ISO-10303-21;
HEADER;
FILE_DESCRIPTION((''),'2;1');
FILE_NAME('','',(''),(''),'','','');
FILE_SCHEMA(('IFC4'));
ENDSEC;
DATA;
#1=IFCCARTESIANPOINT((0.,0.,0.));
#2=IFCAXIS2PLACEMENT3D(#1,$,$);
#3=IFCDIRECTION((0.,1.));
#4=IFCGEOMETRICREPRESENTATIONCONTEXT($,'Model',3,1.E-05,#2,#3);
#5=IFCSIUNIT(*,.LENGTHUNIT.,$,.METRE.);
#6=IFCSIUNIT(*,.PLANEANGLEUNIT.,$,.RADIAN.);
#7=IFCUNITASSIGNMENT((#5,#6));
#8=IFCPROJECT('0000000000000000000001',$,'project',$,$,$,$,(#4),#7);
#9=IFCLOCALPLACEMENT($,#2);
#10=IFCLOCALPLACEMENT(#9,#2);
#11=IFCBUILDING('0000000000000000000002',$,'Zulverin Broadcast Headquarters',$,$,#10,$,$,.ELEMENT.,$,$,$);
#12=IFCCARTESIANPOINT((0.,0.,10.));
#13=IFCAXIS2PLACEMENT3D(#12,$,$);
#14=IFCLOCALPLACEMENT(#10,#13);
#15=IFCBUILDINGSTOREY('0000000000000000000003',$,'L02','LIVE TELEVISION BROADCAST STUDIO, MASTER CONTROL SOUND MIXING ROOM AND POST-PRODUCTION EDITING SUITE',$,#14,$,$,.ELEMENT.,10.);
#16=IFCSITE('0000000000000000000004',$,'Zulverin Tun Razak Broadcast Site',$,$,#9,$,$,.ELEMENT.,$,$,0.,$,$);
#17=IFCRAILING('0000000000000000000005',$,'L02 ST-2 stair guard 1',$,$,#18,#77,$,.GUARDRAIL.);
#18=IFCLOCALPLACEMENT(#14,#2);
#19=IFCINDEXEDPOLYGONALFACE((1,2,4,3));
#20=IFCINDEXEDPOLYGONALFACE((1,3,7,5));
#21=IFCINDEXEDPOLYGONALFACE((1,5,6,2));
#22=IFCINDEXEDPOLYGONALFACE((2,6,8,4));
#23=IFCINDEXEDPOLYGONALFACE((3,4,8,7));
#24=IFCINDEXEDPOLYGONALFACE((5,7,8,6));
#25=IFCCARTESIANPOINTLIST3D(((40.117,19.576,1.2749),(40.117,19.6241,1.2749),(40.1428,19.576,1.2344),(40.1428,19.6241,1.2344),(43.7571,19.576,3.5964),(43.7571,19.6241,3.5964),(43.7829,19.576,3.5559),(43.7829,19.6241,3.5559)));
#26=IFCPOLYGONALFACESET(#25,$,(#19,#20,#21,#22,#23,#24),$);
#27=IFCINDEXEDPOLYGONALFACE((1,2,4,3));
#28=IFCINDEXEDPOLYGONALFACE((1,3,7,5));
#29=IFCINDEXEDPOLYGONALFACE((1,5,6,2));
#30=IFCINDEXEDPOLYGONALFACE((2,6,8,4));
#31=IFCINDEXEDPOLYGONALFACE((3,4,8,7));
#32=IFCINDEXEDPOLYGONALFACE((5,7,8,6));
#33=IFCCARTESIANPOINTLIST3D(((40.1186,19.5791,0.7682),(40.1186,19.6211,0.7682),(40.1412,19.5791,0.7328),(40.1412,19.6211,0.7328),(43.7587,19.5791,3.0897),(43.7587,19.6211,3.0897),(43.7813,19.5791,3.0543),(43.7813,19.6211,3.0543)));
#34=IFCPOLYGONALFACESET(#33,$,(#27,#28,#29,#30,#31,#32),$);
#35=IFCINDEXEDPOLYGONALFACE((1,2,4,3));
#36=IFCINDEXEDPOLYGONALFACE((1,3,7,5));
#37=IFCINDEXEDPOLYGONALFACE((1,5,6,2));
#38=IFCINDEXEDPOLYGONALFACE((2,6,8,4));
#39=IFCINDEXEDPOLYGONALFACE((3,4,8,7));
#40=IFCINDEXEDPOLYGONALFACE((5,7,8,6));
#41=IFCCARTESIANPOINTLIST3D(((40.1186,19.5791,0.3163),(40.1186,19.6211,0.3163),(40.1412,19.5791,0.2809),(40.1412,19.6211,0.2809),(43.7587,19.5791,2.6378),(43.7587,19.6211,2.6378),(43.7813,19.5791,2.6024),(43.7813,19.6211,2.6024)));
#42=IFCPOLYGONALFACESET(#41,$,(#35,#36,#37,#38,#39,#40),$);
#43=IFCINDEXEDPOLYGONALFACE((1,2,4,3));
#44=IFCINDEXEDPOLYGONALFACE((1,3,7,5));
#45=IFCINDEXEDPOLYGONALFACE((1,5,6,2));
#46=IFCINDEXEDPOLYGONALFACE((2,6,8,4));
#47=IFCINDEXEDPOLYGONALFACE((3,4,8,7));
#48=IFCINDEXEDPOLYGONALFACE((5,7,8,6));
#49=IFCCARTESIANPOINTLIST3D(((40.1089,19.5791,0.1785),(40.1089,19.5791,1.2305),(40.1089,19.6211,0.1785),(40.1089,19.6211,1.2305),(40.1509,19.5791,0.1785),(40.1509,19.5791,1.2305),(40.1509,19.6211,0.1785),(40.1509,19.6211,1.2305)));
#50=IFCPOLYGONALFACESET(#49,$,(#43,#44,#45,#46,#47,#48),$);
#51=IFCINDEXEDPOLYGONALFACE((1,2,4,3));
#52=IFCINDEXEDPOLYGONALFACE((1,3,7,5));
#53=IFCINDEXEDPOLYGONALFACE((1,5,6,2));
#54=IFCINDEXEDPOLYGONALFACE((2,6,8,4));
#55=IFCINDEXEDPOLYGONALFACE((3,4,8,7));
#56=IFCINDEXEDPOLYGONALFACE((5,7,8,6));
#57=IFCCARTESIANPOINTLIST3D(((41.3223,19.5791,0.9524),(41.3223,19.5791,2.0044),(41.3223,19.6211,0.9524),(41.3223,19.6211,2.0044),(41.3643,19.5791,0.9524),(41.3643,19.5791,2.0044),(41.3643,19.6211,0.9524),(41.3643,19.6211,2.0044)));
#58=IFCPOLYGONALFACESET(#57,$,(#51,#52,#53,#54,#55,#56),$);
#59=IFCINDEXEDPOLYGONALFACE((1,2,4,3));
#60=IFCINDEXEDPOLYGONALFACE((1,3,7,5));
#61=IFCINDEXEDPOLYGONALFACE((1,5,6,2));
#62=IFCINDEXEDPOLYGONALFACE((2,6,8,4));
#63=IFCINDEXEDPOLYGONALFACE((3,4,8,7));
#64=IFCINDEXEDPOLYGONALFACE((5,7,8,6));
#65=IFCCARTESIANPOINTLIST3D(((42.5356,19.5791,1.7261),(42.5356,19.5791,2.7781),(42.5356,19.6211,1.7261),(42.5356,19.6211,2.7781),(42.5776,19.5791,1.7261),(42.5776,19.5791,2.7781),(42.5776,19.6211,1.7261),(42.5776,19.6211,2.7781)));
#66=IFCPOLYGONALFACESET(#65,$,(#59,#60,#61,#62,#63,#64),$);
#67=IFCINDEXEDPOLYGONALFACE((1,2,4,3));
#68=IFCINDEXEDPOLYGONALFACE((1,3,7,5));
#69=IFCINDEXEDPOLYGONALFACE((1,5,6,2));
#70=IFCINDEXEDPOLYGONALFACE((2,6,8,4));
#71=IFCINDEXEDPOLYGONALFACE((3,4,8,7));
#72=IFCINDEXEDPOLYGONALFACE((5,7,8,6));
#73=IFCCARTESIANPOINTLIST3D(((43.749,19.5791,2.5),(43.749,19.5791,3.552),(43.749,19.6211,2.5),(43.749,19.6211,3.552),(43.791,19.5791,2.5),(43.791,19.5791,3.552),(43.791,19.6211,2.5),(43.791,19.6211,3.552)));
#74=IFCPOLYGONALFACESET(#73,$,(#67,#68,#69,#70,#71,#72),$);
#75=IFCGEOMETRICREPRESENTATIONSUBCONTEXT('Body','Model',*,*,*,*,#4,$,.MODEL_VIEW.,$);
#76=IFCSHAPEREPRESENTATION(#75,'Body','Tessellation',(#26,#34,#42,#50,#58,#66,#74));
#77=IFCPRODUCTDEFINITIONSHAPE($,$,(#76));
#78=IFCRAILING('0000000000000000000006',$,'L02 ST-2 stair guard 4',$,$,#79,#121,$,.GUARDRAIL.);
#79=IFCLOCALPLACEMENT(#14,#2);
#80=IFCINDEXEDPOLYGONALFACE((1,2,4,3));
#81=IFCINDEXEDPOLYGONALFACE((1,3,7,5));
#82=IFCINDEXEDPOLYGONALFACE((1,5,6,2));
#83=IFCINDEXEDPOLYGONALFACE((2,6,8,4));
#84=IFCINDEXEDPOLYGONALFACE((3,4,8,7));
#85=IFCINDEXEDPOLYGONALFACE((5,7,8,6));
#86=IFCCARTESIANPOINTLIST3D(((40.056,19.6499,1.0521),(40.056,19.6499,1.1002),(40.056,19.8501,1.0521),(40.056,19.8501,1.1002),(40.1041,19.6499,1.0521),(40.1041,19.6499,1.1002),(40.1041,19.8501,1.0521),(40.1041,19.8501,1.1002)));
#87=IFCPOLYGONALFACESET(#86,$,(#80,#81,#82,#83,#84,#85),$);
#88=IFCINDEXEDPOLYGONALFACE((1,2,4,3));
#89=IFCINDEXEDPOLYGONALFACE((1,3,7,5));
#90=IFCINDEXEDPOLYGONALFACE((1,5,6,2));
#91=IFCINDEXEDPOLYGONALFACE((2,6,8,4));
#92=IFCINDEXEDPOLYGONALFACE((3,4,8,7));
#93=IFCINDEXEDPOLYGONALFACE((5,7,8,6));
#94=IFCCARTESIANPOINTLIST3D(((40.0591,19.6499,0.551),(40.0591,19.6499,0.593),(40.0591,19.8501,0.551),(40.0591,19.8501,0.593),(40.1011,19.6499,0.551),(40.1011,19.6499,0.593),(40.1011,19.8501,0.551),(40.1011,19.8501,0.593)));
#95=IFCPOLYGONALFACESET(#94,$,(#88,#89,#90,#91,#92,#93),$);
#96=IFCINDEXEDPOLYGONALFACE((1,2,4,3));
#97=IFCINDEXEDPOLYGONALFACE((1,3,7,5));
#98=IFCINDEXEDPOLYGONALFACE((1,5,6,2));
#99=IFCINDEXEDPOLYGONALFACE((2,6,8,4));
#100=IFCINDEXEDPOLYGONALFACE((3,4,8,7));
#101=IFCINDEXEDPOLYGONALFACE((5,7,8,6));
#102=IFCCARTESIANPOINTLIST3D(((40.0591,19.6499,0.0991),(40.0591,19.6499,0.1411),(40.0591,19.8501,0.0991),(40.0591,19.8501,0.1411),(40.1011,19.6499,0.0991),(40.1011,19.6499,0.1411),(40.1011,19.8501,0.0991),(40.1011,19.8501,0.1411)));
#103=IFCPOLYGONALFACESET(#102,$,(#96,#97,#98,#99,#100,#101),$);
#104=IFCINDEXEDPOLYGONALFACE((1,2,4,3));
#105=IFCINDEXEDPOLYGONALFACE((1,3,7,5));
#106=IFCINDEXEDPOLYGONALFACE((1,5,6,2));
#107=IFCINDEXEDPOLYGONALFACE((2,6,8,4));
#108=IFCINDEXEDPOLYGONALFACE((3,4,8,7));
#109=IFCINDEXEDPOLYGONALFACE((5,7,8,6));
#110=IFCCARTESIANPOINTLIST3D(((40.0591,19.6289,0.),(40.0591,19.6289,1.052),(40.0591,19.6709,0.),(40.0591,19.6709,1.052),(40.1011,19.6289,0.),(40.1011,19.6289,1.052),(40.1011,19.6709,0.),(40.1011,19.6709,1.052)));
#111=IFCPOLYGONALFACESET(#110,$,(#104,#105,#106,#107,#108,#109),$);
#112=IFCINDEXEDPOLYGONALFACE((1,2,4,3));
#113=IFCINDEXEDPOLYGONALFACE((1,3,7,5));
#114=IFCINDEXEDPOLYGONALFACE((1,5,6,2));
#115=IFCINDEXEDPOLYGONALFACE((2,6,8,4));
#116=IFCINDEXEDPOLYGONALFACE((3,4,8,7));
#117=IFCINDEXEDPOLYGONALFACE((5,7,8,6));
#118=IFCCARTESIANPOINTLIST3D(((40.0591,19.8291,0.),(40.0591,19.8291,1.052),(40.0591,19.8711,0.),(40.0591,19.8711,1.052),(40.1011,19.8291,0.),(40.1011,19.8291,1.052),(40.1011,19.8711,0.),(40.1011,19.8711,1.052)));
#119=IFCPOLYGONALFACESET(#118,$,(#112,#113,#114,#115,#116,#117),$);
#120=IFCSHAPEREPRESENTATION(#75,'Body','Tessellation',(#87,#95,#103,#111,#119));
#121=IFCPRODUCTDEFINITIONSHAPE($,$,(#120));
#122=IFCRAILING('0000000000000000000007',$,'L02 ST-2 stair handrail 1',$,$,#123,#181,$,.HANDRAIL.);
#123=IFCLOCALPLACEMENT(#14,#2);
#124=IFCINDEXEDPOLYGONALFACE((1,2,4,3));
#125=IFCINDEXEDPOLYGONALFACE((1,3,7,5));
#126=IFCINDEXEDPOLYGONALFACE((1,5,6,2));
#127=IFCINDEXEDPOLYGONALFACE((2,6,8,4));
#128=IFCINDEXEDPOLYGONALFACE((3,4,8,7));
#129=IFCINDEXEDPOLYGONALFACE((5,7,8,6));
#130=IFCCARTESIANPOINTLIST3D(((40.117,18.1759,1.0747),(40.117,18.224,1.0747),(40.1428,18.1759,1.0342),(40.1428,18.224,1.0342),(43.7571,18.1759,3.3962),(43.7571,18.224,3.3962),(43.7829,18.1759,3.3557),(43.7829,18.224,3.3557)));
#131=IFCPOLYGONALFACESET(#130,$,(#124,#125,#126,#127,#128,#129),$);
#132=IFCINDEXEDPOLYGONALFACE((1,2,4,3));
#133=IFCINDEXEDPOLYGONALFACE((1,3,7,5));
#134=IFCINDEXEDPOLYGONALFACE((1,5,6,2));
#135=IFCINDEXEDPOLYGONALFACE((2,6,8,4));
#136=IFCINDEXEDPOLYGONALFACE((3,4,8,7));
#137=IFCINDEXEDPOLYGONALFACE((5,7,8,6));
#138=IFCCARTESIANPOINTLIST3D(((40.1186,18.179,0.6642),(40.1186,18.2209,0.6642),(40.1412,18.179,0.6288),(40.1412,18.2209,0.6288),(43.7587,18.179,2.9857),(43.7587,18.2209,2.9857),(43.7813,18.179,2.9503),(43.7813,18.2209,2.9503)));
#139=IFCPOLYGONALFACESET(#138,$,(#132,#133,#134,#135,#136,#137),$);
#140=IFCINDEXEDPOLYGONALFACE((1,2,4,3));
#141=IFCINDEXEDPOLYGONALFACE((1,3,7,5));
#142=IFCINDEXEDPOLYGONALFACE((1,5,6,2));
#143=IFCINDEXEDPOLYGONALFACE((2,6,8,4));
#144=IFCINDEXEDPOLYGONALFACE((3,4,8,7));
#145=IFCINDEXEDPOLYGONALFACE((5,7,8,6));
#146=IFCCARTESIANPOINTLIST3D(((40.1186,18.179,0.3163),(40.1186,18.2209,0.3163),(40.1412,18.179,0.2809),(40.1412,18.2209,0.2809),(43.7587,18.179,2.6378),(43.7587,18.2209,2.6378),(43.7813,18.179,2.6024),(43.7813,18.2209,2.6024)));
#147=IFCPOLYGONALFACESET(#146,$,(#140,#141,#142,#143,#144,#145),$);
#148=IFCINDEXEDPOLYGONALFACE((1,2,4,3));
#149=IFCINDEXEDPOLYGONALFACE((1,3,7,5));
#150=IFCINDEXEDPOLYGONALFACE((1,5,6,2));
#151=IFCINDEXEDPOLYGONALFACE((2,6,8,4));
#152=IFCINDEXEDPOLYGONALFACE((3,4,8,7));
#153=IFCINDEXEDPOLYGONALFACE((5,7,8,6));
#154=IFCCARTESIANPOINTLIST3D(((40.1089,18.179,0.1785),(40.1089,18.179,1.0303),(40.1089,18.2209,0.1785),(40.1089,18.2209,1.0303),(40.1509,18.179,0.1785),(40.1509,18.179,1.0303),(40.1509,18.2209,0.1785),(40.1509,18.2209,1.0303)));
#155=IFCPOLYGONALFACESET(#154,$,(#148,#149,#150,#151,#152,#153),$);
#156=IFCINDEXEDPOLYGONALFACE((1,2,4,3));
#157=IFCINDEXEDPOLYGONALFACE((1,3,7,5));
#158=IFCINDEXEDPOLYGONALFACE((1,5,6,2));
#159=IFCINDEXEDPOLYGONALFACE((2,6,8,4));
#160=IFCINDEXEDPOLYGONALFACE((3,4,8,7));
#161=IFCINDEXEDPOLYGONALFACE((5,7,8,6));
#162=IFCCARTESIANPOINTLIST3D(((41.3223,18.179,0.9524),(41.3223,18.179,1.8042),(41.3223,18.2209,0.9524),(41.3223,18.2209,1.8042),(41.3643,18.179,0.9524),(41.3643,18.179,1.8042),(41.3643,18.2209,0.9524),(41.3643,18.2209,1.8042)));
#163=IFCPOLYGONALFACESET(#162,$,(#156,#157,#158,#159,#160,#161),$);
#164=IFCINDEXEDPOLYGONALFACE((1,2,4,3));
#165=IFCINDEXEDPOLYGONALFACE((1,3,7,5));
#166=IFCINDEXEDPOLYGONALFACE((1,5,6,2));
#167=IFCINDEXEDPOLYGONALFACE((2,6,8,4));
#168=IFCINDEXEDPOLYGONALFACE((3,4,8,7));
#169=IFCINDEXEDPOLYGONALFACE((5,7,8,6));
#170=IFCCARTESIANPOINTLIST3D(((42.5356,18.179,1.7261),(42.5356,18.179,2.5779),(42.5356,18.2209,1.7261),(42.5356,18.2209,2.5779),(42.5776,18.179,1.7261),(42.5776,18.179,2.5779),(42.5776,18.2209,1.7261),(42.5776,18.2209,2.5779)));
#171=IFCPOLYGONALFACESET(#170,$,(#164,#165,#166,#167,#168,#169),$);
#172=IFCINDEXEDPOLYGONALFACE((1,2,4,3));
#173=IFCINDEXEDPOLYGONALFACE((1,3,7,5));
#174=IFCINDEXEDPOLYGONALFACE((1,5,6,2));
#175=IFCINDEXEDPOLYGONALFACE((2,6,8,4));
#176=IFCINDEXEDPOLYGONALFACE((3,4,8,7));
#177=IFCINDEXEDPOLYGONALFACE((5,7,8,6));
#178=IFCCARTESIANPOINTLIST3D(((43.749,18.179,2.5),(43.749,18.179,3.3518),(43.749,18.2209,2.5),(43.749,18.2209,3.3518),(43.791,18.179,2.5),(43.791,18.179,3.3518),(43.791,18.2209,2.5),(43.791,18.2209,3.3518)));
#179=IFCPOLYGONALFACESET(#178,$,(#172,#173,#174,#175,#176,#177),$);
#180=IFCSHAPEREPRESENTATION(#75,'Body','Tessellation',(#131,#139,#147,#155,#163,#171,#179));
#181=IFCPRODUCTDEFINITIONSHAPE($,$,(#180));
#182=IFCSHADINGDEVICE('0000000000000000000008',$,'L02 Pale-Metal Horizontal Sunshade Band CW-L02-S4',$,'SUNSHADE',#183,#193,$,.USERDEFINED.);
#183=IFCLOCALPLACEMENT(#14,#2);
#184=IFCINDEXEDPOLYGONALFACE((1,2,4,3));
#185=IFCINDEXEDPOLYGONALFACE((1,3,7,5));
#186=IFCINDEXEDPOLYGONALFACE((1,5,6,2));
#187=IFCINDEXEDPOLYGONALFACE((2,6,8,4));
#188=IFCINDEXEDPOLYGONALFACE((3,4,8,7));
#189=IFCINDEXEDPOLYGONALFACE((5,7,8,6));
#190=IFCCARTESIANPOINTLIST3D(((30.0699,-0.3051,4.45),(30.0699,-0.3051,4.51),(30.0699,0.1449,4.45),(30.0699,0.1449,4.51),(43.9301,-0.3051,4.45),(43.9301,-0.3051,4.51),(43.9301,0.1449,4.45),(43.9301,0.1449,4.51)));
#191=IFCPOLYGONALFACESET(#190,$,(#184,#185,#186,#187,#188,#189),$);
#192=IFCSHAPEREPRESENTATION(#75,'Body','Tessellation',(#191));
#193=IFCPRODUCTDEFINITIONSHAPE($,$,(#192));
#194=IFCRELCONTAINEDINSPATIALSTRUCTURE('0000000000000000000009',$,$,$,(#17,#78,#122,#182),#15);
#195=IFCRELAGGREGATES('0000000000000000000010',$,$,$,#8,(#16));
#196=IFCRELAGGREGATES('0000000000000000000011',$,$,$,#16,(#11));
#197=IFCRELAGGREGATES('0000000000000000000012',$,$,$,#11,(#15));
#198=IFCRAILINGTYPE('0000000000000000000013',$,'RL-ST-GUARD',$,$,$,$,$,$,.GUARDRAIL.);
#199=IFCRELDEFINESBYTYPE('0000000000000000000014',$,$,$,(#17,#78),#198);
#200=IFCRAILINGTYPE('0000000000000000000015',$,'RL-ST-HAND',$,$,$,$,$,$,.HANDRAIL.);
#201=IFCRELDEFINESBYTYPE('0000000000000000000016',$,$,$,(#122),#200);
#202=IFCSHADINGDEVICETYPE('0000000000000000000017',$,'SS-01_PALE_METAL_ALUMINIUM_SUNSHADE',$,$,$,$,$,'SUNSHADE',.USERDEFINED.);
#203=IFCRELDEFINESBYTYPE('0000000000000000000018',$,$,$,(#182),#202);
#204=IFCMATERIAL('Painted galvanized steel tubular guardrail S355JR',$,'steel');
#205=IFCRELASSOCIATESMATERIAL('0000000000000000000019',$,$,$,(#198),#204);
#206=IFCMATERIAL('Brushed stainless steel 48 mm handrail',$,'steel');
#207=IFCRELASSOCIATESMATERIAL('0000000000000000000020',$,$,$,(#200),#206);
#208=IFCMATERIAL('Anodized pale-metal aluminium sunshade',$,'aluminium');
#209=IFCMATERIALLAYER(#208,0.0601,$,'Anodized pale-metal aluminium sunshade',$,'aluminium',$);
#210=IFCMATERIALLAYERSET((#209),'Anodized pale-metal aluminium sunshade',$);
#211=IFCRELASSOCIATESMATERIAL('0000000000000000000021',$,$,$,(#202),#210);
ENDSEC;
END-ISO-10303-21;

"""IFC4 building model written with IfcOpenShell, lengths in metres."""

from ifc_helpers import new_model, si_unit, direction, frame, origin, origin_2d, place, context, subcontext, project, spatial, rectangle, extrude, material, layer, layer_set, type_object, element, save


model = new_model("IFC4")

# Units and contexts
model_context = context("Model", 3, precision=1e-05, world=origin(), true_north=direction((0.0, 1.0)))
body_context = subcontext(model_context, "Body", "Model", "MODEL_VIEW")
ifc_project = project(units=[si_unit("LENGTHUNIT", "METRE"), si_unit("PLANEANGLEUNIT", "RADIAN")], contexts=[model_context])

# Site, building, storey
site_placement = place(None, origin())
site = spatial("IfcSite", under=ifc_project, at=site_placement, Name="Zulverin Tun Razak Broadcast Site", CompositionType="ELEMENT", RefElevation=0.0)
building_placement = place(site_placement, origin())
building = spatial("IfcBuilding", under=site, at=building_placement, Name="Zulverin Broadcast Headquarters", CompositionType="ELEMENT")
storey_placement = place(building_placement, frame((0.0, 0.0, 10.0)))
storey = spatial("IfcBuildingStorey", under=building, at=storey_placement, Name="L02", Description="LIVE TELEVISION BROADCAST STUDIO, MASTER CONTROL SOUND MIXING ROOM AND POST-PRODUCTION EDITING SUITE", CompositionType="ELEMENT", Elevation=10.0)

# Railings
ifc_material_1 = material(Name="Painted galvanized steel tubular guardrail S355JR", Category="steel")
railing_type_1 = type_object("IfcRailingType", Name="RL-ST-GUARD", PredefinedType="GUARDRAIL", material=ifc_material_1)
railing_1_placement = place(storey_placement, frame((40.1299, 19.6001, 0.1785)))
element("IfcRailing", 1, at=railing_1_placement, inside=storey, type_object=railing_type_1, Name="L02 ST-2 stair guard 1", PredefinedType="GUARDRAIL", context=body_context, shape_type="SweptSolid", body=[
    extrude(rectangle(XDim=0.0481, YDim=0.0481, at=origin_2d()), frame((0.0, 0.0, 1.0762), z_axis=(0.843128, 0.0, 0.537713), x_axis=(0.0, 1.0, 0.0)), (0.0, 0.0, 1.0), 4.3174),
    extrude(rectangle(XDim=0.042, YDim=0.042, at=origin_2d()), frame((0.0, 0.0, 0.572), z_axis=(0.843128, 0.0, 0.537713), x_axis=(0.0, 1.0, 0.0)), (0.0, 0.0, 1.0), 4.3174),
    extrude(rectangle(XDim=0.042, YDim=0.042, at=origin_2d()), frame((0.0, 0.0, 0.1201), z_axis=(0.843128, 0.0, 0.537713), x_axis=(0.0, 1.0, 0.0)), (0.0, 0.0, 1.0), 4.3174),
    extrude(rectangle(XDim=0.042, YDim=0.042, at=origin_2d()), origin(), (0.0, 0.0, 1.0), 1.052),
    extrude(rectangle(XDim=0.042, YDim=0.042, at=origin_2d()), frame((1.2134, 0.0, 0.7739)), (0.0, 0.0, 1.0), 1.052),
    extrude(rectangle(XDim=0.042, YDim=0.042, at=origin_2d()), frame((2.4268, 0.0, 1.5476)), (0.0, 0.0, 1.0), 1.052),
    extrude(rectangle(XDim=0.042, YDim=0.042, at=origin_2d()), frame((3.6401, 0.0, 2.3215)), (0.0, 0.0, 1.0), 1.052),
])
railing_2_placement = place(storey_placement, frame((40.0801, 19.6499, 0.0)))
element("IfcRailing", 2, at=railing_2_placement, inside=storey, type_object=railing_type_1, Name="L02 ST-2 stair guard 4", PredefinedType="GUARDRAIL", context=body_context, shape_type="SweptSolid", body=[
    extrude(rectangle(XDim=0.0481, YDim=0.0481, at=origin_2d()), frame((0.0, 0.0, 1.0762), z_axis=(0.0, 1.0, 0.0), x_axis=(-1.0, 0.0, 0.0)), (0.0, 0.0, 1.0), 0.2002),
    extrude(rectangle(XDim=0.042, YDim=0.042, at=origin_2d()), frame((0.0, 0.0, 0.572), z_axis=(0.0, 1.0, 0.0), x_axis=(-1.0, 0.0, 0.0)), (0.0, 0.0, 1.0), 0.2002),
    extrude(rectangle(XDim=0.042, YDim=0.042, at=origin_2d()), frame((0.0, 0.0, 0.1201), z_axis=(0.0, 1.0, 0.0), x_axis=(-1.0, 0.0, 0.0)), (0.0, 0.0, 1.0), 0.2002),
    extrude(rectangle(XDim=0.042, YDim=0.042, at=origin_2d()), origin(), (0.0, 0.0, 1.0), 1.052),
    extrude(rectangle(XDim=0.042, YDim=0.042, at=origin_2d()), frame((0.0, 0.2002, 0.0)), (0.0, 0.0, 1.0), 1.052),
])
ifc_material_2 = material(Name="Brushed stainless steel 48 mm handrail", Category="steel")
railing_type_2 = type_object("IfcRailingType", Name="RL-ST-HAND", PredefinedType="HANDRAIL", material=ifc_material_2)
railing_3_placement = place(storey_placement, frame((40.1299, 18.2, 0.1785)))
element("IfcRailing", 3, at=railing_3_placement, inside=storey, type_object=railing_type_2, Name="L02 ST-2 stair handrail 1", PredefinedType="HANDRAIL", context=body_context, shape_type="SweptSolid", body=[
    extrude(rectangle(XDim=0.0481, YDim=0.0481, at=origin_2d()), frame((0.0, 0.0, 0.876), z_axis=(0.843128, 0.0, 0.537713), x_axis=(0.0, 1.0, 0.0)), (0.0, 0.0, 1.0), 4.3174),
    extrude(rectangle(XDim=0.042, YDim=0.042, at=origin_2d()), frame((0.0, 0.0, 0.468), z_axis=(0.843128, 0.0, 0.537713), x_axis=(0.0, 1.0, 0.0)), (0.0, 0.0, 1.0), 4.3174),
    extrude(rectangle(XDim=0.042, YDim=0.042, at=origin_2d()), frame((0.0, 0.0, 0.1201), z_axis=(0.843128, 0.0, 0.537713), x_axis=(0.0, 1.0, 0.0)), (0.0, 0.0, 1.0), 4.3174),
    extrude(rectangle(XDim=0.042, YDim=0.042, at=origin_2d()), origin(), (0.0, 0.0, 1.0), 0.8518),
    extrude(rectangle(XDim=0.042, YDim=0.042, at=origin_2d()), frame((1.2134, 0.0, 0.7739)), (0.0, 0.0, 1.0), 0.8518),
    extrude(rectangle(XDim=0.042, YDim=0.042, at=origin_2d()), frame((2.4268, 0.0, 1.5476)), (0.0, 0.0, 1.0), 0.8518),
    extrude(rectangle(XDim=0.042, YDim=0.042, at=origin_2d()), frame((3.6401, 0.0, 2.3215)), (0.0, 0.0, 1.0), 0.8518),
])

# Shading device
ifc_material_3 = material(Name="Anodized pale-metal aluminium sunshade", Category="aluminium")
ifc_layer_1 = layer(ifc_material_3, 0.0601, Name="Anodized pale-metal aluminium sunshade", Category="aluminium")
ifc_layer_set_1 = layer_set([ifc_layer_1], Name="Anodized pale-metal aluminium sunshade")
shading_device_type = type_object("IfcShadingDeviceType", Name="SS-01_PALE_METAL_ALUMINIUM_SUNSHADE", ElementType="SUNSHADE", PredefinedType="USERDEFINED", material=ifc_layer_set_1)
shading_device_placement = place(storey_placement, frame((37.0, -0.0801, 4.45), z_axis=(0.0, 0.0, 1.0), x_axis=(1.0, 0.0, 0.0)))
element("IfcShadingDevice", 4, at=shading_device_placement, inside=storey, type_object=shading_device_type, Name="L02 Pale-Metal Horizontal Sunshade Band CW-L02-S4", ObjectType="SUNSHADE", PredefinedType="USERDEFINED", context=body_context, shape_type="SweptSolid", body=[
    extrude(rectangle(XDim=13.8601, YDim=0.45, at=origin_2d()), origin(), (0.0, 0.0, 1.0), 0.0601),
])

save(model, "model.ifc")
